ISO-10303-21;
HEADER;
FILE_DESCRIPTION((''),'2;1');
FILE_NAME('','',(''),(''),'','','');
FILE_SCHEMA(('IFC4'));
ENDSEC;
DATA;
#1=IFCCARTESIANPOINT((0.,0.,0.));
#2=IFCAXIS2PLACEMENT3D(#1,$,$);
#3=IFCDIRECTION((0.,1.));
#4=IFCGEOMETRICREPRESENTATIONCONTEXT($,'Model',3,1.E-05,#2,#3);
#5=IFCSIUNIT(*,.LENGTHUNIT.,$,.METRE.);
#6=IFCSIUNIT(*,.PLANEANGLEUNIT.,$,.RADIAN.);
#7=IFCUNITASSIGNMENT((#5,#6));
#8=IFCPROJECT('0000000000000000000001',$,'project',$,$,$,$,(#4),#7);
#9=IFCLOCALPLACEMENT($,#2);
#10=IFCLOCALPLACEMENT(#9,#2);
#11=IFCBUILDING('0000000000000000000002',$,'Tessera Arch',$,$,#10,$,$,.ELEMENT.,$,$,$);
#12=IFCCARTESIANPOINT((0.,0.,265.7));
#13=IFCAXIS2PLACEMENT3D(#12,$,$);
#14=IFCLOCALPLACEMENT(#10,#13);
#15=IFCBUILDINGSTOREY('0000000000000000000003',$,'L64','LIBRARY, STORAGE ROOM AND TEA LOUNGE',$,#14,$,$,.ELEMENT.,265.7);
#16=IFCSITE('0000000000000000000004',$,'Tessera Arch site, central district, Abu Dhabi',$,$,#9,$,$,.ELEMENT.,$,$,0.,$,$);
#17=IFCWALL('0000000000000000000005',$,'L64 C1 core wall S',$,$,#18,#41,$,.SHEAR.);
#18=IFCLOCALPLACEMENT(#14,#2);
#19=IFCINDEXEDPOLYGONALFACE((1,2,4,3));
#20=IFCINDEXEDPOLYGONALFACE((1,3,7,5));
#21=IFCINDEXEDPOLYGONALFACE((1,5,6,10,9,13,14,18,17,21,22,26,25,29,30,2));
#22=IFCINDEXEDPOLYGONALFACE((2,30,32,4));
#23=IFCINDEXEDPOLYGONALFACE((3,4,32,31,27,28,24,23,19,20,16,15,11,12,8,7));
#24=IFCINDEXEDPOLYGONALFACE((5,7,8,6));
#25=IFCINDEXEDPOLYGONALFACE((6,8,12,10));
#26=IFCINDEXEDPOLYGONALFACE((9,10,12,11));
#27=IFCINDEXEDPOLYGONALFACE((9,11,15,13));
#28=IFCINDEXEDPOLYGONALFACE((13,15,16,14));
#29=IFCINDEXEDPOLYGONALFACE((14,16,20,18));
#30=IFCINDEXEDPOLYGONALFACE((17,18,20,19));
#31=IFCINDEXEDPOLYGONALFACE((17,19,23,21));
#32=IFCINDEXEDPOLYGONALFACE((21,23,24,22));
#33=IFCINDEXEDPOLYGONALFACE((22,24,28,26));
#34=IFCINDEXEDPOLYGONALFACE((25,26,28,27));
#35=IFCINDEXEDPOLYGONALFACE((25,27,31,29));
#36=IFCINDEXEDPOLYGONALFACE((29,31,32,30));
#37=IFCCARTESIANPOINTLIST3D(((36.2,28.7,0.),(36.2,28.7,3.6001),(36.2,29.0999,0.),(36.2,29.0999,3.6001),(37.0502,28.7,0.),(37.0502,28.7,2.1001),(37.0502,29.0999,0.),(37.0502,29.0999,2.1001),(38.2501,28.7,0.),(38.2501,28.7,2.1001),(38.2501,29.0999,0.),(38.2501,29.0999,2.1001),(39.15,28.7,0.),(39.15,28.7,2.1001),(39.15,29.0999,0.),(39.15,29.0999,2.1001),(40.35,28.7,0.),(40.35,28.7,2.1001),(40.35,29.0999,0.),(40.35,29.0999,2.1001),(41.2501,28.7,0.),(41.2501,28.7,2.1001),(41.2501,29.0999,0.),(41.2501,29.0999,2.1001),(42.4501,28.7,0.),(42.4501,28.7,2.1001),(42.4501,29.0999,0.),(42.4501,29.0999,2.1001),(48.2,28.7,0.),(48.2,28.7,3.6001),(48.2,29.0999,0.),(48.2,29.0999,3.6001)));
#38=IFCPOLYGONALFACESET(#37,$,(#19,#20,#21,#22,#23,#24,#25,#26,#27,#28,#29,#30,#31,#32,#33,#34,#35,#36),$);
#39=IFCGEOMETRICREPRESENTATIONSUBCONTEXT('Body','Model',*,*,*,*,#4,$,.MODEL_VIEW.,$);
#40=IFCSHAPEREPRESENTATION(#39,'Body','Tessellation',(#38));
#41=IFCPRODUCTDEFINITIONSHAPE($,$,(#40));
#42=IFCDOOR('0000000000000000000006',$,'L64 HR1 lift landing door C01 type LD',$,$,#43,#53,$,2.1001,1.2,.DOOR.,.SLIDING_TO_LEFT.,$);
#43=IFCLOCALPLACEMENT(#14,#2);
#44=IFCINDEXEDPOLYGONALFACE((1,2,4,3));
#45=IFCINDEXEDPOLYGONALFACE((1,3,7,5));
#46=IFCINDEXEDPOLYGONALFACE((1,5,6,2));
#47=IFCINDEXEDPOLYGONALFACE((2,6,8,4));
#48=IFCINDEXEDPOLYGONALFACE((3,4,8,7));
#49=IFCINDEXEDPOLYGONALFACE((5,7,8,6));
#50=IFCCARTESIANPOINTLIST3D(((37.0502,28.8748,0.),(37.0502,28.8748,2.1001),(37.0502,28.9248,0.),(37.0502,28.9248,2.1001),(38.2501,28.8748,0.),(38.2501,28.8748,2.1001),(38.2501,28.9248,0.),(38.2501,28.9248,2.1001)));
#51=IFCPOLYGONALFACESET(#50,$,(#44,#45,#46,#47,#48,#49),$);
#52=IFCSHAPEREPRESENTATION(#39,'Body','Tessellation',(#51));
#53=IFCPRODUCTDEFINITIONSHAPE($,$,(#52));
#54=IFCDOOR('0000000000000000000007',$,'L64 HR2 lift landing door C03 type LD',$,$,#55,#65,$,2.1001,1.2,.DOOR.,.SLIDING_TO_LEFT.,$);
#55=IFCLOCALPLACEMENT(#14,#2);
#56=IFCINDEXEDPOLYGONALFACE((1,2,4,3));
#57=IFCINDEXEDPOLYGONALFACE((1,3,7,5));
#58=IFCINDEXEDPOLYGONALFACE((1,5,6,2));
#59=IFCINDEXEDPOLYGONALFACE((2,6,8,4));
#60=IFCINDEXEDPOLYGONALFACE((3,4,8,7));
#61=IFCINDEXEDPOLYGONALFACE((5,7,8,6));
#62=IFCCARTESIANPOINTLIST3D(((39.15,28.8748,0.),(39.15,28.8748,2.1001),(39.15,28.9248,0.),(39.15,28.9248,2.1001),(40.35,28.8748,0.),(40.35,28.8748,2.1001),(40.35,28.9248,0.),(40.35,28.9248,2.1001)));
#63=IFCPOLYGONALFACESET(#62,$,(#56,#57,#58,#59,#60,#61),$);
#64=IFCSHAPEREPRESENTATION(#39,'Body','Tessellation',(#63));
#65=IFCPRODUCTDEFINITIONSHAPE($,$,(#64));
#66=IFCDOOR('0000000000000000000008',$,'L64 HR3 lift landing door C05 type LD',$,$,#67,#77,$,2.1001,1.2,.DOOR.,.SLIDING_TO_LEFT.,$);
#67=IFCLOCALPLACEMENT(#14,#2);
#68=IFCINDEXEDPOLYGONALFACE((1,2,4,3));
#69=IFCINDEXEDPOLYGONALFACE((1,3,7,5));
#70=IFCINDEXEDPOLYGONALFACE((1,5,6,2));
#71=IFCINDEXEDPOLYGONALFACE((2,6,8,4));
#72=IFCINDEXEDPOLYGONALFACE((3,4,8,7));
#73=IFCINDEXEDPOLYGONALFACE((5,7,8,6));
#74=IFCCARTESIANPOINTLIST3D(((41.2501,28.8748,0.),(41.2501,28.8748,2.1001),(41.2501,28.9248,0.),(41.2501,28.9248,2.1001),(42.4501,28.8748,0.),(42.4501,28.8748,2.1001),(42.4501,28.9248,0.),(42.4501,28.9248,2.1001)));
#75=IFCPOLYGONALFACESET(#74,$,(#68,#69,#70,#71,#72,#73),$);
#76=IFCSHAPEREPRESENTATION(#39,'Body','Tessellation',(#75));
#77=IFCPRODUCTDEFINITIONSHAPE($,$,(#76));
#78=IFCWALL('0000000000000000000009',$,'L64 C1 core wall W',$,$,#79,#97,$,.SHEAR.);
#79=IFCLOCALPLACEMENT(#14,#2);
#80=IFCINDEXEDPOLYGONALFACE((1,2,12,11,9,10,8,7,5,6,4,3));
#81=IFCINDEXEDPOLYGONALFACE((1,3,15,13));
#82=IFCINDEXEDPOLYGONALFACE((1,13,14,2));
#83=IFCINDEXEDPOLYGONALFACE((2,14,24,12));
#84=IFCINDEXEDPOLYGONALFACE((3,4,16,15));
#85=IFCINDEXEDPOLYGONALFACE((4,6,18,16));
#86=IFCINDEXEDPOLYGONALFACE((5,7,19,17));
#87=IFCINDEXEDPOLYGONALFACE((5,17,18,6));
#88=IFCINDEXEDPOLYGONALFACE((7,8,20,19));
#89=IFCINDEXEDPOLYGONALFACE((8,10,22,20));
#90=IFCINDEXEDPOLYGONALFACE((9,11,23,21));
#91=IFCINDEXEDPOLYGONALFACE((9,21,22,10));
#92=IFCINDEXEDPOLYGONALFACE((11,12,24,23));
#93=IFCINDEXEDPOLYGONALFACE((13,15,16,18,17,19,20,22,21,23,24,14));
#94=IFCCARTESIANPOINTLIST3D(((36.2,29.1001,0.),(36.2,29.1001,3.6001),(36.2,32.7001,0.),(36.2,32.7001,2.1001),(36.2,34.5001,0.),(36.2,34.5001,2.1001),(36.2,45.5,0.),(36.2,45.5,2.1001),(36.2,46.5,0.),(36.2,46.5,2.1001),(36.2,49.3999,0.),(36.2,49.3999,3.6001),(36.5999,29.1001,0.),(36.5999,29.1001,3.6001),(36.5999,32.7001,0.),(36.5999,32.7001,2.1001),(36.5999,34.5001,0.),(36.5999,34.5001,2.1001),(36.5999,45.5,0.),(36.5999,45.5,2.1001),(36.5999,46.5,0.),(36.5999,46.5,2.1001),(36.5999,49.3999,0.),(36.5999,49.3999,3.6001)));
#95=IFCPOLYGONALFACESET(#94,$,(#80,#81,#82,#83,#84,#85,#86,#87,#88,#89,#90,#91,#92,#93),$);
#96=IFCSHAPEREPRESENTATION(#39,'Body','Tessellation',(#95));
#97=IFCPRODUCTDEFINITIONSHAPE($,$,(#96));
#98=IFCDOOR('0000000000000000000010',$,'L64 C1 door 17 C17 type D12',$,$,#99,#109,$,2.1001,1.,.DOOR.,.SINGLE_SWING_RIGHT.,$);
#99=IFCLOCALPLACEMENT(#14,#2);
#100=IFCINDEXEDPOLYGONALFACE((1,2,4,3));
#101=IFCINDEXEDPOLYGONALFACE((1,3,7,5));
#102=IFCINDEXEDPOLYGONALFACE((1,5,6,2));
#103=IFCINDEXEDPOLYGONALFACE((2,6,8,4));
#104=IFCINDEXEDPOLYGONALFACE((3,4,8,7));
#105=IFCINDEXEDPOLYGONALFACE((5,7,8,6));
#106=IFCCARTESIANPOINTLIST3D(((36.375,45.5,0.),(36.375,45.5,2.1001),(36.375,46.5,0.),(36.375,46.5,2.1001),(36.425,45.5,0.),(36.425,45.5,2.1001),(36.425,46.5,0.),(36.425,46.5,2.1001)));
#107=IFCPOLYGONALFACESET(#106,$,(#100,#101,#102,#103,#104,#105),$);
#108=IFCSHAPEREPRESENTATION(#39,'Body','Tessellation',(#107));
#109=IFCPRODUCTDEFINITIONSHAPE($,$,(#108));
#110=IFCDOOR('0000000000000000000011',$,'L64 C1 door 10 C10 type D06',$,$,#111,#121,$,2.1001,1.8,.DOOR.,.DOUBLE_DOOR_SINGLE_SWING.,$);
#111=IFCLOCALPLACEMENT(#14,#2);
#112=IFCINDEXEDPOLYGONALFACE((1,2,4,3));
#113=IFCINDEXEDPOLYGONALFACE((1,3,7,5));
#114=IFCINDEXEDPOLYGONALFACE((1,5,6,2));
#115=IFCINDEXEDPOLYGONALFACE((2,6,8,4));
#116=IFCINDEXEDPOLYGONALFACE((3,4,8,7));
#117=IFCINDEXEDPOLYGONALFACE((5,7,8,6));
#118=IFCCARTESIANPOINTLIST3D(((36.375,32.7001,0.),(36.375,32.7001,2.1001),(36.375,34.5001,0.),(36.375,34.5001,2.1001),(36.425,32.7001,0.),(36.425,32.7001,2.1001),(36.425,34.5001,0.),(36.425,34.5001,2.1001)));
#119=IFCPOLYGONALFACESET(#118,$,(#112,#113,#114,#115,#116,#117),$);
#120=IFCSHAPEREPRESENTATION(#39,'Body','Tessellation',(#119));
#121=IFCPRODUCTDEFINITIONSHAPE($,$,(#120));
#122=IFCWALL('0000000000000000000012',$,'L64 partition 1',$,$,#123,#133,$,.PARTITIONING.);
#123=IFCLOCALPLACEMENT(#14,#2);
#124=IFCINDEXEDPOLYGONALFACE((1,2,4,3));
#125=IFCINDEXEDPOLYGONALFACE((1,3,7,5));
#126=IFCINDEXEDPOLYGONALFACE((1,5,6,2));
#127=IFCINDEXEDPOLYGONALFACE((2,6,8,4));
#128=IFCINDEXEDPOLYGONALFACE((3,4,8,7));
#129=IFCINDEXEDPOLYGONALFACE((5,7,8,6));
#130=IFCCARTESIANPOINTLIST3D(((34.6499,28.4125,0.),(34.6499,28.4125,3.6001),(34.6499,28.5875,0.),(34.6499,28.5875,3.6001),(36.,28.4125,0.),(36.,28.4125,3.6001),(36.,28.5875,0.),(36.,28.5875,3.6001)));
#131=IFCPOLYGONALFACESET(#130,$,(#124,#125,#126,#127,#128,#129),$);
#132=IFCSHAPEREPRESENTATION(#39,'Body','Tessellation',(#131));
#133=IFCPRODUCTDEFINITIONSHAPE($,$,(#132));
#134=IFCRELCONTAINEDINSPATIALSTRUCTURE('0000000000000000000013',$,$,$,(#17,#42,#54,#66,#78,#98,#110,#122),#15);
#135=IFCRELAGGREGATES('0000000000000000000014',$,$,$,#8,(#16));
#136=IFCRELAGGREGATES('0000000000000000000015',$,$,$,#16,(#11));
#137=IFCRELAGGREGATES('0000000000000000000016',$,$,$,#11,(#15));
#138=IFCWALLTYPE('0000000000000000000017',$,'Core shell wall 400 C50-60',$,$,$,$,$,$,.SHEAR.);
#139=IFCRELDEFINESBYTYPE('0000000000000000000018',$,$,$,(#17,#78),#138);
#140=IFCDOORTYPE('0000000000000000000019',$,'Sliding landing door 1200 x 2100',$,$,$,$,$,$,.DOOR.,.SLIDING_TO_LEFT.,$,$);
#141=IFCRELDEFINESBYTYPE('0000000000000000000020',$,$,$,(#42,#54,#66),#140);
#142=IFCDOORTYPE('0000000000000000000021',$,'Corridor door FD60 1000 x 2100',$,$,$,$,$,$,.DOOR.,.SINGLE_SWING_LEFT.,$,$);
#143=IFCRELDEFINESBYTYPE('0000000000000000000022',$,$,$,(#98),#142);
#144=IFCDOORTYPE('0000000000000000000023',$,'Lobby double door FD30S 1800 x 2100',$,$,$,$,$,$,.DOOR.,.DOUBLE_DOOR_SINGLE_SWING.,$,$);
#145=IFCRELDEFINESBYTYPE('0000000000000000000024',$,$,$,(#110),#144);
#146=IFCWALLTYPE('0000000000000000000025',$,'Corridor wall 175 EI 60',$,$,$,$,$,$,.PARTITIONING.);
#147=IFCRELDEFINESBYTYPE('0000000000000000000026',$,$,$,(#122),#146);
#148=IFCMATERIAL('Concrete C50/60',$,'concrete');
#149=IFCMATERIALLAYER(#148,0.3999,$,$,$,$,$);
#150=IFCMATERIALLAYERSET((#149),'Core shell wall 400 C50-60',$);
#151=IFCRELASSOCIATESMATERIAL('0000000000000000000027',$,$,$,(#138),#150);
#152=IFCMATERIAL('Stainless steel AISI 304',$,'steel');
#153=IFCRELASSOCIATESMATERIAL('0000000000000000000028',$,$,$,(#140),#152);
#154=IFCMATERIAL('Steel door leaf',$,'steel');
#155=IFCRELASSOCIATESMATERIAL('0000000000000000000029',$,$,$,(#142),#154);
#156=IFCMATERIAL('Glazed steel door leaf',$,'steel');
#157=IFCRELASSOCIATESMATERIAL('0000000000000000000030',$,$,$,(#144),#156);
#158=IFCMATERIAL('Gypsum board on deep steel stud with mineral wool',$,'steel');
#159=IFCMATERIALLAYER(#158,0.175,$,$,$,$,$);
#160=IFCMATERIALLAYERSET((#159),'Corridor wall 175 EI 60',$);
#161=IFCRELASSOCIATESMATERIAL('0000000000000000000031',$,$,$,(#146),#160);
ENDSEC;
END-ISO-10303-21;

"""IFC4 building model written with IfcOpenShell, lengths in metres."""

from ifc_helpers import new_model, si_unit, direction, frame, frame_2d, origin, place, context, subcontext, project, spatial, rectangle, extrude, material, layer, layer_set, type_object, element, fill, save


model = new_model("IFC4")

# Units and contexts
model_context = context("Model", 3, precision=1e-05, world=origin(), true_north=direction((0.0, 1.0)))
body_context = subcontext(model_context, "Body", "Model", "MODEL_VIEW")
ifc_project = project(units=[si_unit("LENGTHUNIT", "METRE"), si_unit("PLANEANGLEUNIT", "RADIAN")], contexts=[model_context])

# Site, building, storey
site_placement = place(None, origin())
site = spatial("IfcSite", under=ifc_project, at=site_placement, Name="Tessera Arch site, central district, Abu Dhabi", CompositionType="ELEMENT", RefElevation=0.0)
building_placement = place(site_placement, origin())
building = spatial("IfcBuilding", under=site, at=building_placement, Name="Tessera Arch", CompositionType="ELEMENT")
storey_placement = place(building_placement, frame((0.0, 0.0, 265.7)))
storey = spatial("IfcBuildingStorey", under=building, at=storey_placement, Name="L64", Description="LIBRARY, STORAGE ROOM AND TEA LOUNGE", CompositionType="ELEMENT", Elevation=265.7)

# Walls, openings, doors
ifc_material_1 = material(Name="Concrete C50/60", Category="concrete")
ifc_layer_1 = layer(ifc_material_1, 0.3999)
ifc_layer_set_1 = layer_set([ifc_layer_1], Name="Core shell wall 400 C50-60")
wall_type_1 = type_object("IfcWallType", Name="Core shell wall 400 C50-60", PredefinedType="SHEAR", material=ifc_layer_set_1)
wall_1_placement = place(storey_placement, frame((36.2, 28.8999, 0.0), z_axis=(0.0, 0.0, 1.0), x_axis=(1.0, 0.0, 0.0)))
wall_1 = element("IfcWall", 1, at=wall_1_placement, inside=storey, type_object=wall_type_1, Name="L64 C1 core wall S", PredefinedType="SHEAR", context=body_context, shape_type="SweptSolid", body=[
    extrude(rectangle(XDim=12.0, YDim=0.3999, at=frame_2d((6.0, 0.0))), origin(), (0.0, 0.0, 1.0), 3.6001),
])
opening_1_placement = place(wall_1_placement, frame((0.8501, 0.0, 0.0)))
opening_1 = element("IfcOpeningElement", 2, at=opening_1_placement, cuts=wall_1, PredefinedType="OPENING", context=body_context, shape_type="SweptSolid", body=[
    extrude(rectangle(XDim=1.2, YDim=2.1001, at=frame_2d((0.6001, 1.05))), frame((0.0, 0.21, 0.0), z_axis=(0.0, -1.0, 0.0), x_axis=(1.0, 0.0, 0.0)), (0.0, 0.0, 1.0), 0.4199),
])
opening_2_placement = place(wall_1_placement, frame((2.95, 0.0, 0.0)))
opening_2 = element("IfcOpeningElement", 3, at=opening_2_placement, cuts=wall_1, PredefinedType="OPENING", context=body_context, shape_type="SweptSolid", body=[
    extrude(rectangle(XDim=1.2, YDim=2.1001, at=frame_2d((0.6001, 1.05))), frame((0.0, 0.21, 0.0), z_axis=(0.0, -1.0, 0.0), x_axis=(1.0, 0.0, 0.0)), (0.0, 0.0, 1.0), 0.4199),
])
opening_3_placement = place(wall_1_placement, frame((5.05, 0.0, 0.0)))
opening_3 = element("IfcOpeningElement", 4, at=opening_3_placement, cuts=wall_1, PredefinedType="OPENING", context=body_context, shape_type="SweptSolid", body=[
    extrude(rectangle(XDim=1.2, YDim=2.1001, at=frame_2d((0.6001, 1.05))), frame((0.0, 0.21, 0.0), z_axis=(0.0, -1.0, 0.0), x_axis=(1.0, 0.0, 0.0)), (0.0, 0.0, 1.0), 0.4199),
])
ifc_material_2 = material(Name="Stainless steel AISI 304", Category="steel")
door_type_1 = type_object("IfcDoorType", Name="Sliding landing door 1200 x 2100", OperationType="SLIDING_TO_LEFT", PredefinedType="DOOR", material=ifc_material_2)
door_1_placement = place(opening_1_placement, origin())
door_1 = element("IfcDoor", 5, at=door_1_placement, inside=storey, type_object=door_type_1, Name="L64 HR1 lift landing door C01 type LD", OperationType="SLIDING_TO_LEFT", OverallHeight=2.1001, OverallWidth=1.2, PredefinedType="DOOR", context=body_context, shape_type="SweptSolid", body=[
    extrude(rectangle(XDim=1.2, YDim=2.1001, at=frame_2d((0.6001, 1.05))), frame((0.0, 0.0249, 0.0), z_axis=(0.0, -1.0, 0.0), x_axis=(1.0, 0.0, 0.0)), (0.0, 0.0, 1.0), 0.05),
])
fill(opening_1, door_1)
door_2_placement = place(opening_2_placement, origin())
door_2 = element("IfcDoor", 6, at=door_2_placement, inside=storey, type_object=door_type_1, Name="L64 HR2 lift landing door C03 type LD", OperationType="SLIDING_TO_LEFT", OverallHeight=2.1001, OverallWidth=1.2, PredefinedType="DOOR", context=body_context, shape_type="SweptSolid", body=[
    extrude(rectangle(XDim=1.2, YDim=2.1001, at=frame_2d((0.6001, 1.05))), frame((0.0, 0.0249, 0.0), z_axis=(0.0, -1.0, 0.0), x_axis=(1.0, 0.0, 0.0)), (0.0, 0.0, 1.0), 0.05),
])
fill(opening_2, door_2)
door_3_placement = place(opening_3_placement, origin())
door_3 = element("IfcDoor", 7, at=door_3_placement, inside=storey, type_object=door_type_1, Name="L64 HR3 lift landing door C05 type LD", OperationType="SLIDING_TO_LEFT", OverallHeight=2.1001, OverallWidth=1.2, PredefinedType="DOOR", context=body_context, shape_type="SweptSolid", body=[
    extrude(rectangle(XDim=1.2, YDim=2.1001, at=frame_2d((0.6001, 1.05))), frame((0.0, 0.0249, 0.0), z_axis=(0.0, -1.0, 0.0), x_axis=(1.0, 0.0, 0.0)), (0.0, 0.0, 1.0), 0.05),
])
fill(opening_3, door_3)
wall_2_placement = place(storey_placement, frame((36.3999, 29.1001, 0.0), z_axis=(0.0, 0.0, 1.0), x_axis=(0.0, 1.0, 0.0)))
wall_2 = element("IfcWall", 8, at=wall_2_placement, inside=storey, type_object=wall_type_1, Name="L64 C1 core wall W", PredefinedType="SHEAR", context=body_context, shape_type="SweptSolid", body=[
    extrude(rectangle(XDim=20.2998, YDim=0.3999, at=frame_2d((10.1499, 0.0))), origin(), (0.0, 0.0, 1.0), 3.6001),
])
opening_4_placement = place(wall_2_placement, frame((3.6001, 0.0, 0.0)))
opening_4 = element("IfcOpeningElement", 9, at=opening_4_placement, cuts=wall_2, PredefinedType="OPENING", context=body_context, shape_type="SweptSolid", body=[
    extrude(rectangle(XDim=1.8, YDim=2.1001, at=frame_2d((0.8999, 1.05))), frame((0.0, 0.21, 0.0), z_axis=(0.0, -1.0, 0.0), x_axis=(1.0, 0.0, 0.0)), (0.0, 0.0, 1.0), 0.4199),
])
opening_5_placement = place(wall_2_placement, frame((16.3999, 0.0, 0.0)))
opening_5 = element("IfcOpeningElement", 10, at=opening_5_placement, cuts=wall_2, PredefinedType="OPENING", context=body_context, shape_type="SweptSolid", body=[
    extrude(rectangle(XDim=1.0, YDim=2.1001, at=frame_2d((0.5, 1.05))), frame((0.0, 0.21, 0.0), z_axis=(0.0, -1.0, 0.0), x_axis=(1.0, 0.0, 0.0)), (0.0, 0.0, 1.0), 0.4199),
])
ifc_material_3 = material(Name="Steel door leaf", Category="steel")
door_type_2 = type_object("IfcDoorType", Name="Corridor door FD60 1000 x 2100", OperationType="SINGLE_SWING_LEFT", PredefinedType="DOOR", material=ifc_material_3)
door_4_placement = place(opening_5_placement, origin())
door_4 = element("IfcDoor", 11, at=door_4_placement, inside=storey, type_object=door_type_2, Name="L64 C1 door 17 C17 type D12", OperationType="SINGLE_SWING_RIGHT", OverallHeight=2.1001, OverallWidth=1.0, PredefinedType="DOOR", context=body_context, shape_type="SweptSolid", body=[
    extrude(rectangle(XDim=1.0, YDim=2.1001, at=frame_2d((0.5, 1.05))), frame((0.0, 0.0249, 0.0), z_axis=(0.0, -1.0, 0.0), x_axis=(1.0, 0.0, 0.0)), (0.0, 0.0, 1.0), 0.05),
])
fill(opening_5, door_4)
ifc_material_4 = material(Name="Glazed steel door leaf", Category="steel")
door_type_3 = type_object("IfcDoorType", Name="Lobby double door FD30S 1800 x 2100", OperationType="DOUBLE_DOOR_SINGLE_SWING", PredefinedType="DOOR", material=ifc_material_4)
door_5_placement = place(opening_4_placement, origin())
door_5 = element("IfcDoor", 12, at=door_5_placement, inside=storey, type_object=door_type_3, Name="L64 C1 door 10 C10 type D06", OperationType="DOUBLE_DOOR_SINGLE_SWING", OverallHeight=2.1001, OverallWidth=1.8, PredefinedType="DOOR", context=body_context, shape_type="SweptSolid", body=[
    extrude(rectangle(XDim=1.8, YDim=2.1001, at=frame_2d((0.8999, 1.05))), frame((0.0, 0.0249, 0.0), z_axis=(0.0, -1.0, 0.0), x_axis=(1.0, 0.0, 0.0)), (0.0, 0.0, 1.0), 0.05),
])
fill(opening_4, door_5)

# Wall
ifc_material_5 = material(Name="Gypsum board on deep steel stud with mineral wool", Category="steel")
ifc_layer_2 = layer(ifc_material_5, 0.175)
ifc_layer_set_2 = layer_set([ifc_layer_2], Name="Corridor wall 175 EI 60")
wall_type_2 = type_object("IfcWallType", Name="Corridor wall 175 EI 60", PredefinedType="PARTITIONING", material=ifc_layer_set_2)
wall_3_placement = place(storey_placement, frame((34.6499, 28.5, 0.0), z_axis=(0.0, 0.0, 1.0), x_axis=(1.0, 0.0, 0.0)))
element("IfcWall", 13, at=wall_3_placement, inside=storey, type_object=wall_type_2, Name="L64 partition 1", PredefinedType="PARTITIONING", context=body_context, shape_type="SweptSolid", body=[
    extrude(rectangle(XDim=1.3501, YDim=0.175, at=frame_2d((0.675, 0.0))), origin(), (0.0, 0.0, 1.0), 3.6001),
])

save(model, "model.ifc")
